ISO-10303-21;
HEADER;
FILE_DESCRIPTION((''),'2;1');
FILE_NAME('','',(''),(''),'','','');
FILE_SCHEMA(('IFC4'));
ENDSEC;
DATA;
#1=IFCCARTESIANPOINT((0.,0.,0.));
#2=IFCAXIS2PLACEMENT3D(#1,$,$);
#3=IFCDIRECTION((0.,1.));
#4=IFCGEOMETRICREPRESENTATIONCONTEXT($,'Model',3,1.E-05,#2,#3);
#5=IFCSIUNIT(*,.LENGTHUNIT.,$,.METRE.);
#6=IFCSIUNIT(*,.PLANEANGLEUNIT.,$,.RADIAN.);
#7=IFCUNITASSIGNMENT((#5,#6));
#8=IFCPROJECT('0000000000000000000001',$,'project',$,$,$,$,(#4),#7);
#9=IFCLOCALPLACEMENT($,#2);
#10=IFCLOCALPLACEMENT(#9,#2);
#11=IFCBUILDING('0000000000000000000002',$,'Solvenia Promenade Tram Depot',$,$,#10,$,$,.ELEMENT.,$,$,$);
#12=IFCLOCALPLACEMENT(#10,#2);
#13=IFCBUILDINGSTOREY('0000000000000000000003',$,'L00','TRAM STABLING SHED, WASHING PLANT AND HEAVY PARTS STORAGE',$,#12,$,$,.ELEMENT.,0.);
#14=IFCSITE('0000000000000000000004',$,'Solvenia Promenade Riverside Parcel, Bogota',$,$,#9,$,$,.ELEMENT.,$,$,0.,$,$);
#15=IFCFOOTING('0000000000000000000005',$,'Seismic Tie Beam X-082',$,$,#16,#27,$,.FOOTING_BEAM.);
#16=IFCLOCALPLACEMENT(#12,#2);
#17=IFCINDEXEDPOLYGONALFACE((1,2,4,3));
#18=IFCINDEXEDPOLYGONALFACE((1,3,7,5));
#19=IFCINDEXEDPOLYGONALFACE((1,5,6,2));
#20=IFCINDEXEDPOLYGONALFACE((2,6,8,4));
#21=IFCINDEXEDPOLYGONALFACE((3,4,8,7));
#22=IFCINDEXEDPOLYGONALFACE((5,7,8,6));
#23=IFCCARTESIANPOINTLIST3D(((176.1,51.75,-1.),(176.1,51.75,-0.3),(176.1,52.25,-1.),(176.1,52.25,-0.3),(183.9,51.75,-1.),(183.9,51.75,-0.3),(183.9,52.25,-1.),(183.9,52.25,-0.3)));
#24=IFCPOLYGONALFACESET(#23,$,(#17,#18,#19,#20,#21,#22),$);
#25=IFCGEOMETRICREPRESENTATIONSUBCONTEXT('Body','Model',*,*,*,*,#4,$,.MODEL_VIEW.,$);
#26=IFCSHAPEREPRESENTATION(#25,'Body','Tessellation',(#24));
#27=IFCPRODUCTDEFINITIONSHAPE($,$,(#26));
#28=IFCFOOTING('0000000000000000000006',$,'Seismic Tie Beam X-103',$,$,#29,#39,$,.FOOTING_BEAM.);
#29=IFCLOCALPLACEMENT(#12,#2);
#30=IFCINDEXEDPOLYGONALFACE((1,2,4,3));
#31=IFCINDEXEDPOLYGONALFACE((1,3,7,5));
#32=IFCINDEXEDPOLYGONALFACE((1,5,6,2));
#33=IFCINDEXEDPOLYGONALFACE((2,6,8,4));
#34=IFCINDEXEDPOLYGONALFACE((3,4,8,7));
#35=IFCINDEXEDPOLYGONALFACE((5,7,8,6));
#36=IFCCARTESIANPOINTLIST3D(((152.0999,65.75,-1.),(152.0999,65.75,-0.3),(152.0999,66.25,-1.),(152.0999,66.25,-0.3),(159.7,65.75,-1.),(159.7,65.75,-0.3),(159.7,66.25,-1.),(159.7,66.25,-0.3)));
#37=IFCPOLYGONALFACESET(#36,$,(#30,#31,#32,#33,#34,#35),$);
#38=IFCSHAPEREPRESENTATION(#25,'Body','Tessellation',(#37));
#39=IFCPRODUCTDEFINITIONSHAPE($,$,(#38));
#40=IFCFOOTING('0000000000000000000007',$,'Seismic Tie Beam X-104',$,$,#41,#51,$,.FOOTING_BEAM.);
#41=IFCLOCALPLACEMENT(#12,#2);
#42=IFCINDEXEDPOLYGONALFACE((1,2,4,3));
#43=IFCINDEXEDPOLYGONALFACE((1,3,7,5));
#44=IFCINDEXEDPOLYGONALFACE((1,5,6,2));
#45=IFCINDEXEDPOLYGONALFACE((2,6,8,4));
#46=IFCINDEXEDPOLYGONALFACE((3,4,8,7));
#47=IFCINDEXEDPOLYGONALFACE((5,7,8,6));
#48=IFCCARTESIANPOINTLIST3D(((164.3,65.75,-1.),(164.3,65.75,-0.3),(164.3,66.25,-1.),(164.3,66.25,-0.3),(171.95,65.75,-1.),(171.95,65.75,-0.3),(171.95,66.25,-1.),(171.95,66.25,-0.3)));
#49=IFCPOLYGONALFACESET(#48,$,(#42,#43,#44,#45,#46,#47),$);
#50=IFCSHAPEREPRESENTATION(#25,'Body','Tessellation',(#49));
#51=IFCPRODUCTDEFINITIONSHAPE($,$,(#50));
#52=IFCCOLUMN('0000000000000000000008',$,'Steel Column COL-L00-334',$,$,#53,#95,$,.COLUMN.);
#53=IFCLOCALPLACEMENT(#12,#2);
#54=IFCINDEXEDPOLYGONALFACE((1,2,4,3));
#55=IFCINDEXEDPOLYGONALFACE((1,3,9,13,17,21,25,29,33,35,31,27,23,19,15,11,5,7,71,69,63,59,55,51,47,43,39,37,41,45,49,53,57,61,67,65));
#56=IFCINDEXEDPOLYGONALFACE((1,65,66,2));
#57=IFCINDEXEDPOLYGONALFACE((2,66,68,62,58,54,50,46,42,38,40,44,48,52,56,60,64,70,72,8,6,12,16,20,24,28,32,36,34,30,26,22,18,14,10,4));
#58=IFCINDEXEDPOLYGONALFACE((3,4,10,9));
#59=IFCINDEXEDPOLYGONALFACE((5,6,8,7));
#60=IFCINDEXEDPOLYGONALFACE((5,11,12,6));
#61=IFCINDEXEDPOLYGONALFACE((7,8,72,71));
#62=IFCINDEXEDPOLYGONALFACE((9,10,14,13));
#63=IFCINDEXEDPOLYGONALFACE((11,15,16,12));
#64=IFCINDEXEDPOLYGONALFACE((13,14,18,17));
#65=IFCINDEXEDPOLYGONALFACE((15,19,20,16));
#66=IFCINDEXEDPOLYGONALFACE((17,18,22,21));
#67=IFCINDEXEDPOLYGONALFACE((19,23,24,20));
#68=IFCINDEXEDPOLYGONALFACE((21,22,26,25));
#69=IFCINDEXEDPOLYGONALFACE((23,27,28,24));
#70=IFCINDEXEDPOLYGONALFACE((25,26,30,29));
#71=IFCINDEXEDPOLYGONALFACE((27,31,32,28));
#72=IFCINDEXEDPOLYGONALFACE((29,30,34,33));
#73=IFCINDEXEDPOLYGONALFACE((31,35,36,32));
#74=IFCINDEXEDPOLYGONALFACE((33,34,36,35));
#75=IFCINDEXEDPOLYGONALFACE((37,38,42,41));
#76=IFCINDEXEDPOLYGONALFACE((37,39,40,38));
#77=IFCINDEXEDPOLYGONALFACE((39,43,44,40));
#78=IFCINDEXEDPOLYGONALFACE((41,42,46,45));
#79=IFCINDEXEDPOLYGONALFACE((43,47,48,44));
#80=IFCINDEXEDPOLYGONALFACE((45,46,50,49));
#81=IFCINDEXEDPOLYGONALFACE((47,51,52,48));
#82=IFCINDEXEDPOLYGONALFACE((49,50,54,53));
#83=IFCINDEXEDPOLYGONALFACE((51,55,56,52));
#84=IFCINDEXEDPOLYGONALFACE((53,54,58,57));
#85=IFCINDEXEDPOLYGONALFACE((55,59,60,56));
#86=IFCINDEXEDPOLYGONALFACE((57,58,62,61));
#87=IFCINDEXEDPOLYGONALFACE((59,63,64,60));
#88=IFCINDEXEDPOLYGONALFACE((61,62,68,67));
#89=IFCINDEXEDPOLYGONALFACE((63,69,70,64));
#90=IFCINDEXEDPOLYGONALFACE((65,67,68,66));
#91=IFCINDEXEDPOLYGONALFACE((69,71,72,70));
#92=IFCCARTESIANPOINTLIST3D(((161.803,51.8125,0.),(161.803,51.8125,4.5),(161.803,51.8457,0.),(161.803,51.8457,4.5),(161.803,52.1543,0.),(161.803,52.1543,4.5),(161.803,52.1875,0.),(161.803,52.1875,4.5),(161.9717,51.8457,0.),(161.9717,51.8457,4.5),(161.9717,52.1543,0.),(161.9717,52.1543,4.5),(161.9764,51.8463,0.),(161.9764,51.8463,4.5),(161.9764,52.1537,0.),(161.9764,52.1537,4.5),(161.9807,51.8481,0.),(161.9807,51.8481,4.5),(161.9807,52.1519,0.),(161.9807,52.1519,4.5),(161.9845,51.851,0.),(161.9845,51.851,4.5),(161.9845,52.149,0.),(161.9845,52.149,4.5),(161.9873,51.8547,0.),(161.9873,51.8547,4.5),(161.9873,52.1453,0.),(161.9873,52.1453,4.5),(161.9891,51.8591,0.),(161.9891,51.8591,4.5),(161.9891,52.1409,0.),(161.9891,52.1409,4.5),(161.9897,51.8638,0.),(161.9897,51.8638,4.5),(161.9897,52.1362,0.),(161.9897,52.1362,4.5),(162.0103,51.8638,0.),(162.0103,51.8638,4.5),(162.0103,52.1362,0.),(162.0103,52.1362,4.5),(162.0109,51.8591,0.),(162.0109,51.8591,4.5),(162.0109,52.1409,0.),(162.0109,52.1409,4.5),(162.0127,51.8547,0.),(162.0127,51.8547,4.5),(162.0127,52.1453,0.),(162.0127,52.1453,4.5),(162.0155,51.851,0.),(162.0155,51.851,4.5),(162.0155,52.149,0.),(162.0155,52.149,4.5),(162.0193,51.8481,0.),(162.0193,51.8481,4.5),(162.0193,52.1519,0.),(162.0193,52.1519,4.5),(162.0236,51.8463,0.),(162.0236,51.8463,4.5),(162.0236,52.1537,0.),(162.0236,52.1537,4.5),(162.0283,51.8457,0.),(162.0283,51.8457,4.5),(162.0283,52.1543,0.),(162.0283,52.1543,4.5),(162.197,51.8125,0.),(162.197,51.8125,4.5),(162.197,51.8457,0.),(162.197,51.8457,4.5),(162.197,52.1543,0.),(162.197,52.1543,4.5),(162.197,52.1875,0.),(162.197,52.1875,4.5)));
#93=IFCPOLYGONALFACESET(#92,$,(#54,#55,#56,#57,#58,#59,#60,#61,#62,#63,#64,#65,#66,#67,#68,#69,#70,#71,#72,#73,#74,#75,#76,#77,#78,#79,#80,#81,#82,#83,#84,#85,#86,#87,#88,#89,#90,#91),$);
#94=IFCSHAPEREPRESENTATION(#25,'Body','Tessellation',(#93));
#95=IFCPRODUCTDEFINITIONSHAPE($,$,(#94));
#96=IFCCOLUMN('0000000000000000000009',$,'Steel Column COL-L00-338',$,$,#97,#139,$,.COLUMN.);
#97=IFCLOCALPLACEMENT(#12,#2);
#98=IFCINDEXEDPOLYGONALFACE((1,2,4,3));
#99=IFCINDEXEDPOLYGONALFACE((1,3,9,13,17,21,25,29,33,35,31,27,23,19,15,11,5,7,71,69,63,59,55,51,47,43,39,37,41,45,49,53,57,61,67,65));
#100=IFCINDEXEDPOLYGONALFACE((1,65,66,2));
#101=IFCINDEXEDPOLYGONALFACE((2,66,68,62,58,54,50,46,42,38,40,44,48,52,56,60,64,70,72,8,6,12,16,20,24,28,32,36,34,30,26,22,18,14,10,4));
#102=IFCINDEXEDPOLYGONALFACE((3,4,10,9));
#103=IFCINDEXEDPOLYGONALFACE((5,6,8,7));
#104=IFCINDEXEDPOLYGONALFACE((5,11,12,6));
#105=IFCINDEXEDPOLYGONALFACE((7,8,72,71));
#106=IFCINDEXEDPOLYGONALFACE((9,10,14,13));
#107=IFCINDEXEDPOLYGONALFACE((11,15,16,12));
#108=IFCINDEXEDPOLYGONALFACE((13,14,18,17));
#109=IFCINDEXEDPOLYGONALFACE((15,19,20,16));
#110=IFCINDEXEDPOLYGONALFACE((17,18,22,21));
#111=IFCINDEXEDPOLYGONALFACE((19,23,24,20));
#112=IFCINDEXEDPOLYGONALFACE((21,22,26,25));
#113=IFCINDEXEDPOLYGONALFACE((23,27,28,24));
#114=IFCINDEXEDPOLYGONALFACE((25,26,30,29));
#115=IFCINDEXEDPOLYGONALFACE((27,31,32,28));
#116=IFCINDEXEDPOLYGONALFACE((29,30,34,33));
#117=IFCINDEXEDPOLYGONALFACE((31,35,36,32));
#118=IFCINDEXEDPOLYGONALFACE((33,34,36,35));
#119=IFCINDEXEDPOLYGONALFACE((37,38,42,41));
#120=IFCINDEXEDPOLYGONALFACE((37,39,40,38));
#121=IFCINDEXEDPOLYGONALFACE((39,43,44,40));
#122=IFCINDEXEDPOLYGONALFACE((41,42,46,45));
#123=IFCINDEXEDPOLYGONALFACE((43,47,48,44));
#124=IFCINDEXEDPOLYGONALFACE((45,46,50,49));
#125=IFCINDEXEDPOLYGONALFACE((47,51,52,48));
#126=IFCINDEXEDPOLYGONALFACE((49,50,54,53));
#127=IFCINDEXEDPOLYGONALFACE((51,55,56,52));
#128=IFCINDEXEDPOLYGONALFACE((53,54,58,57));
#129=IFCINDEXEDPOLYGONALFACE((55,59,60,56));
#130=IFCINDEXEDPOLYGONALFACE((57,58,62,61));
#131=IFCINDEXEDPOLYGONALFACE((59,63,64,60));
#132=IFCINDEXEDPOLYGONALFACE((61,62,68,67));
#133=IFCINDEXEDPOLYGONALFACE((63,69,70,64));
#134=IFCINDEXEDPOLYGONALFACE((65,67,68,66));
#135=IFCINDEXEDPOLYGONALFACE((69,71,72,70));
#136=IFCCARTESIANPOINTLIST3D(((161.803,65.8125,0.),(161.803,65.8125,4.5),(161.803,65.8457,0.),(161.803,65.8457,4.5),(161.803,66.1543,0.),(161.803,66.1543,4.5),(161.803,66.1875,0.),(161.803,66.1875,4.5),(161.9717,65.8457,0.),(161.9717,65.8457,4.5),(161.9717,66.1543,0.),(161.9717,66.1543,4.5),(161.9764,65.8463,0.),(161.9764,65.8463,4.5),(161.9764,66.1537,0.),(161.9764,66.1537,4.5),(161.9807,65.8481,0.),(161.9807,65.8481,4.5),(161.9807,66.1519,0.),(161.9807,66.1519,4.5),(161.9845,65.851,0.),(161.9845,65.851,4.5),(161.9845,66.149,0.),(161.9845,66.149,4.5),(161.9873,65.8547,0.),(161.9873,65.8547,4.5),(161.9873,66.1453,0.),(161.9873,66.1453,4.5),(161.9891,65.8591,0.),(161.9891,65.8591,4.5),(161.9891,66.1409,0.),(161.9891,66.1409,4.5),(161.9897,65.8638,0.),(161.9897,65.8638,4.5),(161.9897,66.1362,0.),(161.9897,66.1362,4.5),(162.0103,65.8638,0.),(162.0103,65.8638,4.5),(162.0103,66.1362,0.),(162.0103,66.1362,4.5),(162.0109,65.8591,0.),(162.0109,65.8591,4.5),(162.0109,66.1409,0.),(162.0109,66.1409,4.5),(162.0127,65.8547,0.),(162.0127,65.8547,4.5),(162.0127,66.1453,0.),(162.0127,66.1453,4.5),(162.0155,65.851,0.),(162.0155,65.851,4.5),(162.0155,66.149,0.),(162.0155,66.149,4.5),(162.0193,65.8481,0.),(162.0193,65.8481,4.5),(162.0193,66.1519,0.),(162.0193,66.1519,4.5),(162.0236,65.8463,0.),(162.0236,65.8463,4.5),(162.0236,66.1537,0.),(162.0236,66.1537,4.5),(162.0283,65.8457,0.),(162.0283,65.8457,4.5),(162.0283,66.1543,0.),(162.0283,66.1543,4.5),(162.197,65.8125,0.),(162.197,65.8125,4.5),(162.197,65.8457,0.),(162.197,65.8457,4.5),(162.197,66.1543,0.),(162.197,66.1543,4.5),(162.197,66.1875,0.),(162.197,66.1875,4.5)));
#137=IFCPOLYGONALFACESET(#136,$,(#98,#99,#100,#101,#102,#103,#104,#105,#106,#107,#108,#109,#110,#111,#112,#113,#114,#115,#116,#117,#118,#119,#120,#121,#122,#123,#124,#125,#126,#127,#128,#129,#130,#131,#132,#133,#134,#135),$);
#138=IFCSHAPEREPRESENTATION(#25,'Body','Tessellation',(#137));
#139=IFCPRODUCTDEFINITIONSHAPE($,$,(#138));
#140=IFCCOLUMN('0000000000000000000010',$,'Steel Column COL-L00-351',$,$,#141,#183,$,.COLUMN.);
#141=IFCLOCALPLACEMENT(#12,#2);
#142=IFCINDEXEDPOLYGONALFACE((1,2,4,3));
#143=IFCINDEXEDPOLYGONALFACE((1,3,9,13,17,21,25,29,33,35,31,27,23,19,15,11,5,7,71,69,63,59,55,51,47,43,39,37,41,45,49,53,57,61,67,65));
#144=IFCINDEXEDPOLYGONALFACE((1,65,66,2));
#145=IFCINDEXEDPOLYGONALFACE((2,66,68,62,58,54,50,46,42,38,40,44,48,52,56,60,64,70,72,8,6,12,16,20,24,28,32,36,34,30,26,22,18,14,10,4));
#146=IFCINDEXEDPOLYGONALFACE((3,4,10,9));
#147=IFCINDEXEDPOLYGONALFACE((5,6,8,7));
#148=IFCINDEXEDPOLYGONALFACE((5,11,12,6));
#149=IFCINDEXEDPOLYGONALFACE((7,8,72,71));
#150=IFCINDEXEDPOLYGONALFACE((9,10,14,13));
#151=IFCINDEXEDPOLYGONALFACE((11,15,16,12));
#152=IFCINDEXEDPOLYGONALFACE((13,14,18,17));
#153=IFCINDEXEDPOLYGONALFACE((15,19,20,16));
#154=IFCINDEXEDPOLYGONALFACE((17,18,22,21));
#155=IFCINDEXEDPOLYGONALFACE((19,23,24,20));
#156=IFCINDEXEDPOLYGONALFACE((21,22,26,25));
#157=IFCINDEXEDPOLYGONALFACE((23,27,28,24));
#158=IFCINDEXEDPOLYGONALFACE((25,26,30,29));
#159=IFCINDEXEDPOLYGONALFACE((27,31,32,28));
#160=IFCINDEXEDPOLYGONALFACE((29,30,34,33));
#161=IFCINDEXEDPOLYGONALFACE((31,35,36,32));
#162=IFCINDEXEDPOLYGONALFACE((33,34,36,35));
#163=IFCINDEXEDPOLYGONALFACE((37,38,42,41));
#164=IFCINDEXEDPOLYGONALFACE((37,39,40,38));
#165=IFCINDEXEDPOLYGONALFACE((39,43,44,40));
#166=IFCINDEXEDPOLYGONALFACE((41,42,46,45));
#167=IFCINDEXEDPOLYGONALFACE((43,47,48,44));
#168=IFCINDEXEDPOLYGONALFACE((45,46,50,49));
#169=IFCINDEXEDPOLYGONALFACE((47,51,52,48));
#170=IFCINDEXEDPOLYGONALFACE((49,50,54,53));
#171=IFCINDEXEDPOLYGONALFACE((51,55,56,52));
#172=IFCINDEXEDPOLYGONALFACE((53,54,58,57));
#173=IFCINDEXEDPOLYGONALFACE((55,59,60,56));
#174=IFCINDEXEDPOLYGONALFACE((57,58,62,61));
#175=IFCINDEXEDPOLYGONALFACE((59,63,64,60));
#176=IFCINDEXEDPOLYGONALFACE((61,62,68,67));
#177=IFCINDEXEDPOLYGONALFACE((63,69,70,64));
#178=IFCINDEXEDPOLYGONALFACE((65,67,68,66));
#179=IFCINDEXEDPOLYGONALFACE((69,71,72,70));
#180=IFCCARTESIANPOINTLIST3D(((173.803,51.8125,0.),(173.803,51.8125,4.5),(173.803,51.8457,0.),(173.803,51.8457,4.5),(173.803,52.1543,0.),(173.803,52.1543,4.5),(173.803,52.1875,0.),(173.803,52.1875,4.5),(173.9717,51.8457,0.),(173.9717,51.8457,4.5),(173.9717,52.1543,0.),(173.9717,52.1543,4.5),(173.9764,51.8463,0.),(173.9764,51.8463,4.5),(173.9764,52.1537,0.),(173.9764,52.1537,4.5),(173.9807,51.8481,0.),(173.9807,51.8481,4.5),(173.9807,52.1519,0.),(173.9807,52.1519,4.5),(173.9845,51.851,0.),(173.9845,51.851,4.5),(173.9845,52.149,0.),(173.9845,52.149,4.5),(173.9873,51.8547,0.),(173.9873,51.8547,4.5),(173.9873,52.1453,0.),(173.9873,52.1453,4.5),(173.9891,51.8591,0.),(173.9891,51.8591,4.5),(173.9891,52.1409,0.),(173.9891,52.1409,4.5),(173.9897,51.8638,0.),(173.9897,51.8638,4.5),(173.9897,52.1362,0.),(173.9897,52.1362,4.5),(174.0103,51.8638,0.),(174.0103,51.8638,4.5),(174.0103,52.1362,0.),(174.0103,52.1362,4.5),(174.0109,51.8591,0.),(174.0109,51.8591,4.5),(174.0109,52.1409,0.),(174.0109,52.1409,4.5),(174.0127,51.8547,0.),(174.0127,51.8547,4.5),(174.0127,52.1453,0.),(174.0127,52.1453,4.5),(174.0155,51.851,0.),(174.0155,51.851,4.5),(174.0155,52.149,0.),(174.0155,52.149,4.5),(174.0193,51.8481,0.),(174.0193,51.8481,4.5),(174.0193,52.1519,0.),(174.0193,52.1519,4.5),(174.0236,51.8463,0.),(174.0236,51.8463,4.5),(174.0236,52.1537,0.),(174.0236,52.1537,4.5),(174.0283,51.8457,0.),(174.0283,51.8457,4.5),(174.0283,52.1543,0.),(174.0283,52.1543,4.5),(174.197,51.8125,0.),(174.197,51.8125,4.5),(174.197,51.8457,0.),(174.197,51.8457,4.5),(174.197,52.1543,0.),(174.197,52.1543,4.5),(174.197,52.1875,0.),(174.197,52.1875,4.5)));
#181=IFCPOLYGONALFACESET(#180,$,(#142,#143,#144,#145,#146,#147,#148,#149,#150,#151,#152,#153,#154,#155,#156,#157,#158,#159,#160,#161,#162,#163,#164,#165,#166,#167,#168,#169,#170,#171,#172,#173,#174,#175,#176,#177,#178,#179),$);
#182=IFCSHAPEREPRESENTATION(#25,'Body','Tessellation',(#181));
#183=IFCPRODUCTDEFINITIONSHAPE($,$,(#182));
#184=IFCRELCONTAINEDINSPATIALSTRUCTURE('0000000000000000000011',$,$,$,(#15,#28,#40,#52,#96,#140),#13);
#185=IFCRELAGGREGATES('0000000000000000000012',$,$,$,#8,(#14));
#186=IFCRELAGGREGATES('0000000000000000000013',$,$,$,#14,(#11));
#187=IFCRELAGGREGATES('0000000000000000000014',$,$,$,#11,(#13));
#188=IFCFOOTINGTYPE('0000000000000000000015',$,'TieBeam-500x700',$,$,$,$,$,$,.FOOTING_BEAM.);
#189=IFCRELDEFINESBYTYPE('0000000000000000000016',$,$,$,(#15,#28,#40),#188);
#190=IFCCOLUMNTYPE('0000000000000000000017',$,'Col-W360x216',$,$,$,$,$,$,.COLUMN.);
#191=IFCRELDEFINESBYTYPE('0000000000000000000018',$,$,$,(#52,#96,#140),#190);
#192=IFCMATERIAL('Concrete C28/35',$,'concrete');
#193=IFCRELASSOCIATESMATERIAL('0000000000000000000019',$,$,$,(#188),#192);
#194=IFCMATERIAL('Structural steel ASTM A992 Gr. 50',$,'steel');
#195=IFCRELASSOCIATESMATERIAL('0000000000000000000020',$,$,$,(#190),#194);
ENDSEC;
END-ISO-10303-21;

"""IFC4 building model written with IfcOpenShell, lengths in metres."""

from ifc_helpers import new_model, si_unit, direction, frame, origin, origin_2d, place, context, subcontext, project, spatial, rectangle, i_section, extrude, material, material_profile, profile_set, type_object, element, save


model = new_model("IFC4")

# Units and contexts
model_context = context("Model", 3, precision=1e-05, world=origin(), true_north=direction((0.0, 1.0)))
body_context = subcontext(model_context, "Body", "Model", "MODEL_VIEW")
ifc_project = project(units=[si_unit("LENGTHUNIT", "METRE"), si_unit("PLANEANGLEUNIT", "RADIAN")], contexts=[model_context])

# Site, building, storey
site_placement = place(None, origin())
site = spatial("IfcSite", under=ifc_project, at=site_placement, Name="Solvenia Promenade Riverside Parcel, Bogota", CompositionType="ELEMENT", RefElevation=0.0)
building_placement = place(site_placement, origin())
building = spatial("IfcBuilding", under=site, at=building_placement, Name="Solvenia Promenade Tram Depot", CompositionType="ELEMENT")
storey_placement = place(building_placement, origin())
storey = spatial("IfcBuildingStorey", under=building, at=storey_placement, Name="L00", Description="TRAM STABLING SHED, WASHING PLANT AND HEAVY PARTS STORAGE", CompositionType="ELEMENT", Elevation=0.0)

# Shared definitions
ifc_material_1 = material(Name="Concrete C28/35", Category="concrete")

# Footings
footing_type_1 = type_object("IfcFootingType", Name="TieBeam-500x700", PredefinedType="FOOTING_BEAM", material=ifc_material_1)
footing_1_placement = place(storey_placement, frame((180.0, 52.0, -1.0), z_axis=(0.0, 0.0, 1.0), x_axis=(1.0, 0.0, 0.0)))
element("IfcFooting", 1, at=footing_1_placement, inside=storey, type_object=footing_type_1, Name="Seismic Tie Beam X-082", PredefinedType="FOOTING_BEAM", context=body_context, shape_type="SweptSolid", body=[
    extrude(rectangle(XDim=7.8, YDim=0.5, at=origin_2d()), origin(), (0.0, 0.0, 1.0), 0.7),
])
footing_2_placement = place(storey_placement, frame((155.8999, 66.0, -1.0), z_axis=(0.0, 0.0, 1.0), x_axis=(1.0, 0.0, 0.0)))
element("IfcFooting", 2, at=footing_2_placement, inside=storey, type_object=footing_type_1, Name="Seismic Tie Beam X-103", PredefinedType="FOOTING_BEAM", context=body_context, shape_type="SweptSolid", body=[
    extrude(rectangle(XDim=7.6001, YDim=0.5, at=origin_2d()), origin(), (0.0, 0.0, 1.0), 0.7),
])
footing_3_placement = place(storey_placement, frame((168.125, 66.0, -1.0), z_axis=(0.0, 0.0, 1.0), x_axis=(1.0, 0.0, 0.0)))
element("IfcFooting", 3, at=footing_3_placement, inside=storey, type_object=footing_type_1, Name="Seismic Tie Beam X-104", PredefinedType="FOOTING_BEAM", context=body_context, shape_type="SweptSolid", body=[
    extrude(rectangle(XDim=7.6499, YDim=0.5, at=origin_2d()), origin(), (0.0, 0.0, 1.0), 0.7),
])

# Columns
ifc_material_2 = material(Name="Structural steel ASTM A992 Gr. 50", Category="steel")
ifc_material_profile_1 = material_profile(ifc_material_2, i_section(OverallWidth=0.394, OverallDepth=0.375, WebThickness=0.0205, FlangeThickness=0.0332, FilletRadius=0.0181, at=origin_2d()), Name="W360x216", Category="steel")
ifc_profile_set_1 = profile_set([ifc_material_profile_1], Name="Structural steel ASTM A992 Gr. 50")
column_type = type_object("IfcColumnType", Name="Col-W360x216", PredefinedType="COLUMN", material=ifc_profile_set_1)
for number, where, z_axis, x_axis, name in (
    (4, (162.0, 52.0, 0.0), (0.0, 0.0, 1.0), (1.0, 0.0, 0.0), "Steel Column COL-L00-334"),
    (5, (162.0, 66.0, 0.0), (0.0, 0.0, 1.0), (1.0, 0.0, 0.0), "Steel Column COL-L00-338"),
    (6, (174.0, 52.0, 0.0), (0.0, 0.0, 1.0), (1.0, 0.0, 0.0), "Steel Column COL-L00-351"),
):
    element("IfcColumn", number, at=place(storey_placement, frame(where, z_axis=z_axis, x_axis=x_axis)), inside=storey, type_object=column_type, Name=name, PredefinedType="COLUMN", context=body_context, shape_type="SweptSolid", body=[
        extrude(i_section(OverallWidth=0.394, OverallDepth=0.375, WebThickness=0.0205, FlangeThickness=0.0332, FilletRadius=0.0181, at=origin_2d()), origin(), (0.0, 0.0, 1.0), 4.5),
    ])

save(model, "model.ifc")
